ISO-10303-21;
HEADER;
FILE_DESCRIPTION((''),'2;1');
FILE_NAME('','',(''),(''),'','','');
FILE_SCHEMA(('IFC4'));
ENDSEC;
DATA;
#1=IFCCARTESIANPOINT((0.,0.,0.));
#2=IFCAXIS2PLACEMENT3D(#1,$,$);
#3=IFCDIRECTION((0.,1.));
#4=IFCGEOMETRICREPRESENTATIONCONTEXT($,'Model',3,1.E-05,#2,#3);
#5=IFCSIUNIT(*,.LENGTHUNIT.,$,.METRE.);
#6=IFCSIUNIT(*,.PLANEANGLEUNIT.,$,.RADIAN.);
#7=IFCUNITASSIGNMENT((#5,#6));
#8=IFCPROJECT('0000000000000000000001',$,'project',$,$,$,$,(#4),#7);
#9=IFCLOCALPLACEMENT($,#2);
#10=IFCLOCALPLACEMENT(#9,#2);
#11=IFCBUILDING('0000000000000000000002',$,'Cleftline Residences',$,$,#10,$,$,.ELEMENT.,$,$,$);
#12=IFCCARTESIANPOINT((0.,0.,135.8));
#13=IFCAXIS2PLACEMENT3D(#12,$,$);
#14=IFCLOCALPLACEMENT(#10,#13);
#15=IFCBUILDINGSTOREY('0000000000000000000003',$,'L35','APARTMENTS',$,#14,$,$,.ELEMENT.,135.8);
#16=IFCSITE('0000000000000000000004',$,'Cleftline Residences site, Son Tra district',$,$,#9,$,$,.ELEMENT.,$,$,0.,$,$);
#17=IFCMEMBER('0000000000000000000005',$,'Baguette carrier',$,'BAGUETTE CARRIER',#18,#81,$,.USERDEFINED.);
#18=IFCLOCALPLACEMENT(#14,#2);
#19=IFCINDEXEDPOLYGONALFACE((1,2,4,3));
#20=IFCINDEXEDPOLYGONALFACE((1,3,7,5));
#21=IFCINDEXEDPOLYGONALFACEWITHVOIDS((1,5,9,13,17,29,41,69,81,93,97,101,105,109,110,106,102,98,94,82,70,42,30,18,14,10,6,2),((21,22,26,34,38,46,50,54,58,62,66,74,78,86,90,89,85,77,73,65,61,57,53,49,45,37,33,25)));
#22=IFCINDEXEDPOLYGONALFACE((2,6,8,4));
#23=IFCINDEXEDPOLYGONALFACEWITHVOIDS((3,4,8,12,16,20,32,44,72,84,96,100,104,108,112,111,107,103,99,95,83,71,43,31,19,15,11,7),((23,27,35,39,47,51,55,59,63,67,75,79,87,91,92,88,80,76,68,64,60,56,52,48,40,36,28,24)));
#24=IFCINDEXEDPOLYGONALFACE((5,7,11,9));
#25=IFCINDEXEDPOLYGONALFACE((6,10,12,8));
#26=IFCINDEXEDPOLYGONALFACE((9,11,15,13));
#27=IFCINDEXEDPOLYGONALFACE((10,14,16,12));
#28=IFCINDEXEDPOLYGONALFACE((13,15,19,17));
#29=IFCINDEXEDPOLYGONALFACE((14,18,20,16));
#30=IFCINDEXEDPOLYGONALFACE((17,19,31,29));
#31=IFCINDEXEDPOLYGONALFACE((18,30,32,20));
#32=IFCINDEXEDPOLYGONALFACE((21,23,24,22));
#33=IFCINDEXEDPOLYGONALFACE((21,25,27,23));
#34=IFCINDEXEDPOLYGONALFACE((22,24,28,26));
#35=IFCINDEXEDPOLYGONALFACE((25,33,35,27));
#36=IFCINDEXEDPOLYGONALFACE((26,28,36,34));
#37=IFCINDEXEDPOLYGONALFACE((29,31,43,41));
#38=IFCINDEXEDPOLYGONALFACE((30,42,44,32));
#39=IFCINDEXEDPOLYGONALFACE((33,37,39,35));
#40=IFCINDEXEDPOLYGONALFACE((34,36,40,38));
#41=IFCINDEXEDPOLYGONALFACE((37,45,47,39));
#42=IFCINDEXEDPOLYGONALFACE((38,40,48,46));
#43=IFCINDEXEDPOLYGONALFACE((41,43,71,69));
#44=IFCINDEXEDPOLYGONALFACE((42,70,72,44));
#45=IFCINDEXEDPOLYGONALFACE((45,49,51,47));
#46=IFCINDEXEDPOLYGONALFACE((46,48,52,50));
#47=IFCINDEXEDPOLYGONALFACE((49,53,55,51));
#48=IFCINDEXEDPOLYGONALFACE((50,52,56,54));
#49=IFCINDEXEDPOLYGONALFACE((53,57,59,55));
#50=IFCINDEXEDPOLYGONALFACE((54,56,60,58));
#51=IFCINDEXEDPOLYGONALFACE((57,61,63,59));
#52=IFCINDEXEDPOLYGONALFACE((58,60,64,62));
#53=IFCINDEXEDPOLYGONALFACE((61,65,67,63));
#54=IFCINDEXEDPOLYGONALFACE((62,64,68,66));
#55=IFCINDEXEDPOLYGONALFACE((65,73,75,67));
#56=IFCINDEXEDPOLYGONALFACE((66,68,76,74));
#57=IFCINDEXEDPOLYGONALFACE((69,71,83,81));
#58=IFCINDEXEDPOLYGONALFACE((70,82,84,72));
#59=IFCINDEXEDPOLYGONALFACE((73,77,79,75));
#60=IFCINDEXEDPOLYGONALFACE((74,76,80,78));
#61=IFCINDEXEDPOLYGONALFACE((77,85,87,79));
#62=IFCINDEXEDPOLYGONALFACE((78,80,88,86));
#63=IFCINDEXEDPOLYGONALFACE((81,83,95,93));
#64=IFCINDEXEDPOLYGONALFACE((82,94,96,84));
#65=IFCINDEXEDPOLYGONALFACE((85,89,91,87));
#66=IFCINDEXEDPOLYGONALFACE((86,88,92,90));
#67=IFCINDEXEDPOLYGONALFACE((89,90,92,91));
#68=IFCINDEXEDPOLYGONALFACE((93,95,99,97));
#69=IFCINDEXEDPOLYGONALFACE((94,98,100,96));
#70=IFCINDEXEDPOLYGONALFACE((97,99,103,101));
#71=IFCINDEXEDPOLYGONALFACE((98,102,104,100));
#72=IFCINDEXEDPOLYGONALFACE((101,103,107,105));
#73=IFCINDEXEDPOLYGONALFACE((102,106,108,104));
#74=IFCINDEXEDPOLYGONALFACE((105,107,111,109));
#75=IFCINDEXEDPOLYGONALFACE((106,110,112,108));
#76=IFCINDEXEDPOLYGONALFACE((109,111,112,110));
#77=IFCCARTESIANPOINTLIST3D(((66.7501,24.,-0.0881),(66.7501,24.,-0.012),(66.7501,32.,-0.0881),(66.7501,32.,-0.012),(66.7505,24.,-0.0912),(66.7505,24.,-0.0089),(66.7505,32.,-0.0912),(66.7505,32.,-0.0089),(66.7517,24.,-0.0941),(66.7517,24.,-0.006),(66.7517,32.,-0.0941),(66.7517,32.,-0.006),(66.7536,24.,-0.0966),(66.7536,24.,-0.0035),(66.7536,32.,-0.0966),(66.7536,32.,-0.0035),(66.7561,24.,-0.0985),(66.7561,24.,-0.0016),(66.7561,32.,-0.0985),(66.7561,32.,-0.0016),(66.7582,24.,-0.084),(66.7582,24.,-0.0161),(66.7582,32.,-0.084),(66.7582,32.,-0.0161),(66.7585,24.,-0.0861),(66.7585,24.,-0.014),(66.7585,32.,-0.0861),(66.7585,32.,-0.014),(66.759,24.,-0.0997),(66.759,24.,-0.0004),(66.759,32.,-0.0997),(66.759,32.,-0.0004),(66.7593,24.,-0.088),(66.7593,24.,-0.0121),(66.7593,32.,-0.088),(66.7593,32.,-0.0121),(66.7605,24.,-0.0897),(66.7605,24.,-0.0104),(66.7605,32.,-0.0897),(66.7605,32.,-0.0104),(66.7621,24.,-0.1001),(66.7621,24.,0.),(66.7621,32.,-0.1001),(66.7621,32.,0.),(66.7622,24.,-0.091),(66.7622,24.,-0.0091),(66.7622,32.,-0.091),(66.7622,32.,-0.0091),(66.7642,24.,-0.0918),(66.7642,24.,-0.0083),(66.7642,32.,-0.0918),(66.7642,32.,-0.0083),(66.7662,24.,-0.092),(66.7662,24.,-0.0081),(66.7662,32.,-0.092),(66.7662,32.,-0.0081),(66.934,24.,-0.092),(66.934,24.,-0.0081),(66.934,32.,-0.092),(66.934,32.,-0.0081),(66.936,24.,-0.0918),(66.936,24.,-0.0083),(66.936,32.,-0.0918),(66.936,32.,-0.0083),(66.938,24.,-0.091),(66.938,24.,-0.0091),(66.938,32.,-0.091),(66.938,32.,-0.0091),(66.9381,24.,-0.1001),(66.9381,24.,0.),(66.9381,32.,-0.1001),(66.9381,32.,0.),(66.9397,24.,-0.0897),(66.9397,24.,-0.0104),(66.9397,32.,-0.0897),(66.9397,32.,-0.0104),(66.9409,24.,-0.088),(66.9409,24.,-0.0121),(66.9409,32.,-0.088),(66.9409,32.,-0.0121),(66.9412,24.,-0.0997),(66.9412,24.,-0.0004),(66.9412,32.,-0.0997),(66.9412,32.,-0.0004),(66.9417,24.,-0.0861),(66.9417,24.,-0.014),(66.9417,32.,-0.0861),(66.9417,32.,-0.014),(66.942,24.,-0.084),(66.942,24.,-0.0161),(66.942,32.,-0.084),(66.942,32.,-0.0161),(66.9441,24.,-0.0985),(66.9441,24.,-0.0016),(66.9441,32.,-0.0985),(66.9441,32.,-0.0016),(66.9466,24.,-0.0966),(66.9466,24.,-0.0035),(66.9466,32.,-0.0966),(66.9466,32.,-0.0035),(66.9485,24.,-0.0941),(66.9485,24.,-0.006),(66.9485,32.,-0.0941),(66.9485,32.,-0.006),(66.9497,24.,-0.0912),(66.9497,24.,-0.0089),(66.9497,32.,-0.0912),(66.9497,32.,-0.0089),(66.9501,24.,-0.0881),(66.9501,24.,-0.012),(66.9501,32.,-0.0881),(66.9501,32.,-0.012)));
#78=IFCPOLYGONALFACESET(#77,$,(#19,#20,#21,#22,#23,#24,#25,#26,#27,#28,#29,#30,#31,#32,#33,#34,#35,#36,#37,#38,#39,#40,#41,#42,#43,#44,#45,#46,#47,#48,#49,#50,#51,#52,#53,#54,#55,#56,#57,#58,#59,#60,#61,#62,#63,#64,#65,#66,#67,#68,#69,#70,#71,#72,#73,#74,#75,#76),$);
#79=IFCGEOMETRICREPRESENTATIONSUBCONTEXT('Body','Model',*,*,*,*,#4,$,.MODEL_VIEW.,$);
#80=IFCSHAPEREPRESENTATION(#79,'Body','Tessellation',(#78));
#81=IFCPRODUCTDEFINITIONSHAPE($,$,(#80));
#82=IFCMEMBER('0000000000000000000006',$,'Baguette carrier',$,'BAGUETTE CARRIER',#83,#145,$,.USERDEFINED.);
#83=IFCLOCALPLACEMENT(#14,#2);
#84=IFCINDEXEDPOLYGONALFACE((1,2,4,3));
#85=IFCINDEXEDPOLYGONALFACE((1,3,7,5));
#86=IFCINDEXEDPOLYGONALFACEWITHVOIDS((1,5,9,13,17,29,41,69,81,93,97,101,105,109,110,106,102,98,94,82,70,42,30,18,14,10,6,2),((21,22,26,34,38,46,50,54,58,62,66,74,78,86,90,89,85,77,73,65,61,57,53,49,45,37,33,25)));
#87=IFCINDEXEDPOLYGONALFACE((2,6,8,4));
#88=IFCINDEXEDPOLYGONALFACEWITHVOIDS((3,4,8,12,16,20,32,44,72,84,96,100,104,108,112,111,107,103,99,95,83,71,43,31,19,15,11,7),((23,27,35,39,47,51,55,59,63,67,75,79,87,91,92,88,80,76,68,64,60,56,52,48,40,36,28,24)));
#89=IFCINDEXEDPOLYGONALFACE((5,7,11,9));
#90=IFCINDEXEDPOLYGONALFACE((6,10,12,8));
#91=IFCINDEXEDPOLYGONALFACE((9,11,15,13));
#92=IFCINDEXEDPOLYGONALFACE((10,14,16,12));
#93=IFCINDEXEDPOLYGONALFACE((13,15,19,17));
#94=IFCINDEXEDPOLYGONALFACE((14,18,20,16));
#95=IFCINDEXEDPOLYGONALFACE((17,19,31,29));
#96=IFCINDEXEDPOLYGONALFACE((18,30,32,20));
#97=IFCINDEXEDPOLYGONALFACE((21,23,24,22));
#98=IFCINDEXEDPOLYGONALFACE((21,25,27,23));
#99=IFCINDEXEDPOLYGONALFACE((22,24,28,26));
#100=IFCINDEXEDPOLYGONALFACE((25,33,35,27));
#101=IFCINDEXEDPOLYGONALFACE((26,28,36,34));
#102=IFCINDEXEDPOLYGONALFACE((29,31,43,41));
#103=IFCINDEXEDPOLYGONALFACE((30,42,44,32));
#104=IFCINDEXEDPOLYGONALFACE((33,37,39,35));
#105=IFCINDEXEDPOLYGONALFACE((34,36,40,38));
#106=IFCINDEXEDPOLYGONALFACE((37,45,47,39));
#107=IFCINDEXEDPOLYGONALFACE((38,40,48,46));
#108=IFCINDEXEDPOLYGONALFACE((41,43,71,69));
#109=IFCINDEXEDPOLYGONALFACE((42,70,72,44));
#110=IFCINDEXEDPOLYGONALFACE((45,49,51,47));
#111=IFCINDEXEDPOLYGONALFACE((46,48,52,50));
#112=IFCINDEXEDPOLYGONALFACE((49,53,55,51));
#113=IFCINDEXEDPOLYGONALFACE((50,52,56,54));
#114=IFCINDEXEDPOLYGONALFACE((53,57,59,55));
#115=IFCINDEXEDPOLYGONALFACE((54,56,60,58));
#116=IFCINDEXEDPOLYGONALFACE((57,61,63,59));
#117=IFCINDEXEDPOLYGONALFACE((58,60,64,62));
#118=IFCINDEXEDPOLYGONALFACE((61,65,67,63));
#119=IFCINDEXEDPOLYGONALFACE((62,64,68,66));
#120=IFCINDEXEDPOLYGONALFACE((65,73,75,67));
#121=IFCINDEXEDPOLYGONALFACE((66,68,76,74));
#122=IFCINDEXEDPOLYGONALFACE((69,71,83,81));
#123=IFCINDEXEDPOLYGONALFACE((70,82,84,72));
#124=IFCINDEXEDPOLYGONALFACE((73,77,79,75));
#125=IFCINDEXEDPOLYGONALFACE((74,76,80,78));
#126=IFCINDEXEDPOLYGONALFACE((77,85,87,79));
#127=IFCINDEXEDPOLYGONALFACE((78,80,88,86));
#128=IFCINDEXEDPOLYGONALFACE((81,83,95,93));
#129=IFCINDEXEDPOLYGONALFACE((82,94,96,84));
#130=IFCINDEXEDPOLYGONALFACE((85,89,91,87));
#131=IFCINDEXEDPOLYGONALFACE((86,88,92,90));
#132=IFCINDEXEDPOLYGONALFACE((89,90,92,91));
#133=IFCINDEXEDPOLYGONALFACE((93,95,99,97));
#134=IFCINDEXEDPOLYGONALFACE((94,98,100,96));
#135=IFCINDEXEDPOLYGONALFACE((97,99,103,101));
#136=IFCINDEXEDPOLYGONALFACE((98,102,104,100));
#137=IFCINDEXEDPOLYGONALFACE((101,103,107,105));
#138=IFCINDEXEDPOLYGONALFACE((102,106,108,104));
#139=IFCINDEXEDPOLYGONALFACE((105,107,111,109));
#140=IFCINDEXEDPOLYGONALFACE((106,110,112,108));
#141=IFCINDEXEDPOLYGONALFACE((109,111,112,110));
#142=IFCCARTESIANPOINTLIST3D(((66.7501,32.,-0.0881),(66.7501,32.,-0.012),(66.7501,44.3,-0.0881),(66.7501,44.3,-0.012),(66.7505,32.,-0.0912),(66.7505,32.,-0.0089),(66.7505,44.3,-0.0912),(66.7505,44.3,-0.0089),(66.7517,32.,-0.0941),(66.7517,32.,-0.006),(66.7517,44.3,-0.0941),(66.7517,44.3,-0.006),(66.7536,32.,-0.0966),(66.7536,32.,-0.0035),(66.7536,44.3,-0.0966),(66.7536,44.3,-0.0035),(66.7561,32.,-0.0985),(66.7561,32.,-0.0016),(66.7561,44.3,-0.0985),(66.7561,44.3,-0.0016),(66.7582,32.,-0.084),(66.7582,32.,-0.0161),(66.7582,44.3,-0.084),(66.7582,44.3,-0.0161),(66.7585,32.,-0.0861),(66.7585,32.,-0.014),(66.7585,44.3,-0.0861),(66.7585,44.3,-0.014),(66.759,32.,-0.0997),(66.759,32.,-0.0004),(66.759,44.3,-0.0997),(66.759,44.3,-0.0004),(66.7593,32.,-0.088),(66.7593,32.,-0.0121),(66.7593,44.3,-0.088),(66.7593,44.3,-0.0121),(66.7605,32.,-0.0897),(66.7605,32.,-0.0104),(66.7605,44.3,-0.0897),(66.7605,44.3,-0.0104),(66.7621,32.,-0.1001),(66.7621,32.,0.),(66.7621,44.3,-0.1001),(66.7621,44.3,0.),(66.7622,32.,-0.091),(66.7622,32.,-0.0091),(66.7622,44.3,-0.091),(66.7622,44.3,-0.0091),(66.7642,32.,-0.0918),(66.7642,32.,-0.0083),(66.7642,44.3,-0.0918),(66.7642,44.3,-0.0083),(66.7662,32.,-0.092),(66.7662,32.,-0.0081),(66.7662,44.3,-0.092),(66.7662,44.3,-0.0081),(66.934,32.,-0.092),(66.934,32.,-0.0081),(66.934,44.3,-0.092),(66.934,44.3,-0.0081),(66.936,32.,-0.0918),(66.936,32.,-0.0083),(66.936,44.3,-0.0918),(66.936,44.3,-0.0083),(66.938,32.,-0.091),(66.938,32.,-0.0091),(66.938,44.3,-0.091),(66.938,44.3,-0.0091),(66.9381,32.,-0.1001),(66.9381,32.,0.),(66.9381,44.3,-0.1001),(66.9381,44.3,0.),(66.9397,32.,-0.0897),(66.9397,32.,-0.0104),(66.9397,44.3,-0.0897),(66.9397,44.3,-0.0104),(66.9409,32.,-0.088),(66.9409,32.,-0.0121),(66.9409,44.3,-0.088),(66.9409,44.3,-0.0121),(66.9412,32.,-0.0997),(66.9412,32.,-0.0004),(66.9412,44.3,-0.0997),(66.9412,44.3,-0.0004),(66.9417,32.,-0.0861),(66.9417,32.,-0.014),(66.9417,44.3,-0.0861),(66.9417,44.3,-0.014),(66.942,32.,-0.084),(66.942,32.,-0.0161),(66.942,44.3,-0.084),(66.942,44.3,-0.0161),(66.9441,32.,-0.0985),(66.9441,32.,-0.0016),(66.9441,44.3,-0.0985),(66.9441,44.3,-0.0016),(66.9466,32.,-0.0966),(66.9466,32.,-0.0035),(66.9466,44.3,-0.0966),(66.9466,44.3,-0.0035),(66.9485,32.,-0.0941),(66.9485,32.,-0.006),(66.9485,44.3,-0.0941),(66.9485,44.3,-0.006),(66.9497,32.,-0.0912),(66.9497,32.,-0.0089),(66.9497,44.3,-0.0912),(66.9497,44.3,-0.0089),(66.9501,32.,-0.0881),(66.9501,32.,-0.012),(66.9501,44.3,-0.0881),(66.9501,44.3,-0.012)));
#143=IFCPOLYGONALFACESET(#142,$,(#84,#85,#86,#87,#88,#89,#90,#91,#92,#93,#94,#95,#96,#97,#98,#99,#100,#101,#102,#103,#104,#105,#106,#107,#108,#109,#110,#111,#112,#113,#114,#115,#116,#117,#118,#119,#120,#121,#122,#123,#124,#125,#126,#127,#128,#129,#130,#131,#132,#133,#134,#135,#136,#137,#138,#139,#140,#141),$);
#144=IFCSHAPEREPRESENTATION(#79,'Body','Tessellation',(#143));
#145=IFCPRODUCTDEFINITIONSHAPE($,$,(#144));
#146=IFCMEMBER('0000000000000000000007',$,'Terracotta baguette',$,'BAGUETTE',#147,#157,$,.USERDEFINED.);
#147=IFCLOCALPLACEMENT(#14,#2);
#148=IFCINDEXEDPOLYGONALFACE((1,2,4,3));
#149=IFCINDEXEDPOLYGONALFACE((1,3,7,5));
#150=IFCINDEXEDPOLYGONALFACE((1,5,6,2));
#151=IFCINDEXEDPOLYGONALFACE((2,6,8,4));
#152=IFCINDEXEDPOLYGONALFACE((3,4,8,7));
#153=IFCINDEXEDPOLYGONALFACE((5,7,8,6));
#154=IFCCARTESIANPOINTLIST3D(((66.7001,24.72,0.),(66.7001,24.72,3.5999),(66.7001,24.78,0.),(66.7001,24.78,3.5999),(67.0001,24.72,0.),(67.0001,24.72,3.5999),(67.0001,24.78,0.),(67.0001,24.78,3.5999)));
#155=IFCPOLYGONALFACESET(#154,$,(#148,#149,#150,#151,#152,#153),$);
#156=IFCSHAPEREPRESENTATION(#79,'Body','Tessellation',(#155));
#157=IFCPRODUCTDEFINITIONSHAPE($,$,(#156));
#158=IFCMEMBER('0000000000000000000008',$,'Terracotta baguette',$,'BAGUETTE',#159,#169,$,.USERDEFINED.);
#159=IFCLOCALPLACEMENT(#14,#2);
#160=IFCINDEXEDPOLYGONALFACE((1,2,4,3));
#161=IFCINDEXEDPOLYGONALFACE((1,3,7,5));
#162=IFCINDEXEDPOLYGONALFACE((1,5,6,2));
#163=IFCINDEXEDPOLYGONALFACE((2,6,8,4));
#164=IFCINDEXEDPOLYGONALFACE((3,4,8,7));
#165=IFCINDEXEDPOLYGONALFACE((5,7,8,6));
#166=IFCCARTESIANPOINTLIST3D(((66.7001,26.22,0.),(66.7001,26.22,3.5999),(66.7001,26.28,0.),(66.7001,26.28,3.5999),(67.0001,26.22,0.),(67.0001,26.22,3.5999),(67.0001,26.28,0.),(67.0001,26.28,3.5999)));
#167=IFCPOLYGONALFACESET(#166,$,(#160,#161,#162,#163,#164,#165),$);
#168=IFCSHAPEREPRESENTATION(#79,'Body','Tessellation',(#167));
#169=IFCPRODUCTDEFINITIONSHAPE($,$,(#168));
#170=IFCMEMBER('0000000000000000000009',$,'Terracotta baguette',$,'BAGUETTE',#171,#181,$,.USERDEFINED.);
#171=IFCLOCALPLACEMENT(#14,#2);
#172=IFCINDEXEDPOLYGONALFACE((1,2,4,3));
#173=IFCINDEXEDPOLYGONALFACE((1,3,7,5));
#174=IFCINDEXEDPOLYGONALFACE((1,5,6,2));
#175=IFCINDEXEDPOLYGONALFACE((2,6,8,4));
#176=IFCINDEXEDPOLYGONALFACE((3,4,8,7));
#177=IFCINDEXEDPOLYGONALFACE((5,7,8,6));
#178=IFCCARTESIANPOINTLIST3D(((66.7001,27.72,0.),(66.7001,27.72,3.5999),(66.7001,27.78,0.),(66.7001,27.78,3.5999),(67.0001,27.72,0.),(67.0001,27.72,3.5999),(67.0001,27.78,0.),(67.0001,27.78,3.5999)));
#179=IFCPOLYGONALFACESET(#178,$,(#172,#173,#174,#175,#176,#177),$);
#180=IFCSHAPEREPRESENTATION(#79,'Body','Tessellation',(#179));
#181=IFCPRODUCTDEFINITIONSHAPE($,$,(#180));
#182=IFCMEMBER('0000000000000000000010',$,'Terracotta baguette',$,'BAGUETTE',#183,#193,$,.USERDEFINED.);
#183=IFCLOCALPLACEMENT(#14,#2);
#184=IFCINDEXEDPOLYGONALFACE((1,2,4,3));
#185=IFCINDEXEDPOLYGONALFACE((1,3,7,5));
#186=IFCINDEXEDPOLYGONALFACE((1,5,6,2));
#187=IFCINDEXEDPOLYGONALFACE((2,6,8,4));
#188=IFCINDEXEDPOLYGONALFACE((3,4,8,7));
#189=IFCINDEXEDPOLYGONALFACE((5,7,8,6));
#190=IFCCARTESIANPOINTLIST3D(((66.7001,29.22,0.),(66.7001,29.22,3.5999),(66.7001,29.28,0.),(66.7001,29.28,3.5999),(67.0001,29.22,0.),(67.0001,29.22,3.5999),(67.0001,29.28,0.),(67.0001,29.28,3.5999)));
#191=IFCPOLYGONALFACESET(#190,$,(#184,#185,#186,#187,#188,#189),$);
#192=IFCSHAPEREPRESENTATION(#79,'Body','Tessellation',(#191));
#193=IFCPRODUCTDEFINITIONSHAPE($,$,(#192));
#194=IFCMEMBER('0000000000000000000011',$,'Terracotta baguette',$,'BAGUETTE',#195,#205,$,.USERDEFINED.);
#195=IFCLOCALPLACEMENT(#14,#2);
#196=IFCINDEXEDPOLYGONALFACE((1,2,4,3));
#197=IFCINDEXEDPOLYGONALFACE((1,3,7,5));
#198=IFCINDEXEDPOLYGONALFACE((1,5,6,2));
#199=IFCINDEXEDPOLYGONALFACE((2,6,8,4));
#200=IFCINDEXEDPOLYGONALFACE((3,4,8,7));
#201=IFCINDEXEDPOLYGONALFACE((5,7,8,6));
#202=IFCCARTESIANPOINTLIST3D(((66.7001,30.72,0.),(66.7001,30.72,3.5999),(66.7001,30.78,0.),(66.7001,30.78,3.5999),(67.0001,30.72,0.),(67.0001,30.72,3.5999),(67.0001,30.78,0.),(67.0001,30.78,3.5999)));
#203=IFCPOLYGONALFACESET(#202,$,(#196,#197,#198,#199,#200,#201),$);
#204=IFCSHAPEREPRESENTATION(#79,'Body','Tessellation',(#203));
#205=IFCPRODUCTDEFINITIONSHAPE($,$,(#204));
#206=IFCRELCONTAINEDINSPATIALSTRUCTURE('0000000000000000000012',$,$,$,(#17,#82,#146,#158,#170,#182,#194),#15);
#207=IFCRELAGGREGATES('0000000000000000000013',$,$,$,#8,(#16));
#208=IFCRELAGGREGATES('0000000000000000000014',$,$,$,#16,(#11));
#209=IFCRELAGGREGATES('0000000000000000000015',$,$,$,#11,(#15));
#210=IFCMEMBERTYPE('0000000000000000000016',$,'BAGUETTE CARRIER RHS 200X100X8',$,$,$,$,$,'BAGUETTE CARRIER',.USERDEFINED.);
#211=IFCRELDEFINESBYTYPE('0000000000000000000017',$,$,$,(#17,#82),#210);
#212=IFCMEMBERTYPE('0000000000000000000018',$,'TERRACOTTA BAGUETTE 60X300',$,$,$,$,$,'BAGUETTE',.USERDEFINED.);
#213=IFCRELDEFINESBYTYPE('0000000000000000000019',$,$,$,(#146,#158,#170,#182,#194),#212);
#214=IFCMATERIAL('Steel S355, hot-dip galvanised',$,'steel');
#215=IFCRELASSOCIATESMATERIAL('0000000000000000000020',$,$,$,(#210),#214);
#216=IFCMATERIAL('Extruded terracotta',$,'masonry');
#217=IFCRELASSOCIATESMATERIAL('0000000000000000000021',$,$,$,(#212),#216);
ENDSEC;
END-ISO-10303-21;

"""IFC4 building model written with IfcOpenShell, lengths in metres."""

from ifc_helpers import new_model, si_unit, direction, frame, origin, origin_2d, place, context, subcontext, project, spatial, rectangle, hollow_rectangle, extrude, material, material_profile, profile_set, type_object, element, save


model = new_model("IFC4")

# Units and contexts
model_context = context("Model", 3, precision=1e-05, world=origin(), true_north=direction((0.0, 1.0)))
body_context = subcontext(model_context, "Body", "Model", "MODEL_VIEW")
ifc_project = project(units=[si_unit("LENGTHUNIT", "METRE"), si_unit("PLANEANGLEUNIT", "RADIAN")], contexts=[model_context])

# Site, building, storey
site_placement = place(None, origin())
site = spatial("IfcSite", under=ifc_project, at=site_placement, Name="Cleftline Residences site, Son Tra district", CompositionType="ELEMENT", RefElevation=0.0)
building_placement = place(site_placement, origin())
building = spatial("IfcBuilding", under=site, at=building_placement, Name="Cleftline Residences", CompositionType="ELEMENT")
storey_placement = place(building_placement, frame((0.0, 0.0, 135.8)))
storey = spatial("IfcBuildingStorey", under=building, at=storey_placement, Name="L35", Description="APARTMENTS", CompositionType="ELEMENT", Elevation=135.8)

# Members
ifc_material_1 = material(Name="Steel S355, hot-dip galvanised", Category="steel")
ifc_material_profile_1 = material_profile(ifc_material_1, hollow_rectangle(XDim=0.1001, YDim=0.2, WallThickness=0.0081, InnerFilletRadius=0.0081, OuterFilletRadius=0.012, at=origin_2d()))
ifc_profile_set_1 = profile_set([ifc_material_profile_1], Name="Steel S355, hot-dip galvanised")
member_type_1 = type_object("IfcMemberType", Name="BAGUETTE CARRIER RHS 200X100X8", ElementType="BAGUETTE CARRIER", PredefinedType="USERDEFINED", material=ifc_profile_set_1)
member_1_placement = place(storey_placement, frame((66.8501, 24.0, -0.05), z_axis=(0.0, 1.0, 0.0), x_axis=(0.0, 0.0, 1.0)))
element("IfcMember", 1, at=member_1_placement, inside=storey, type_object=member_type_1, Name="Baguette carrier", ObjectType="BAGUETTE CARRIER", PredefinedType="USERDEFINED", context=body_context, shape_type="SweptSolid", body=[
    extrude(hollow_rectangle(XDim=0.1001, YDim=0.2, WallThickness=0.0081, InnerFilletRadius=0.0081, OuterFilletRadius=0.012, at=origin_2d()), origin(), (0.0, 0.0, 1.0), 8.0),
])
member_2_placement = place(storey_placement, frame((66.8501, 32.0, -0.05), z_axis=(0.0, 1.0, 0.0), x_axis=(0.0, 0.0, 1.0)))
element("IfcMember", 2, at=member_2_placement, inside=storey, type_object=member_type_1, Name="Baguette carrier", ObjectType="BAGUETTE CARRIER", PredefinedType="USERDEFINED", context=body_context, shape_type="SweptSolid", body=[
    extrude(hollow_rectangle(XDim=0.1001, YDim=0.2, WallThickness=0.0081, InnerFilletRadius=0.0081, OuterFilletRadius=0.012, at=origin_2d()), origin(), (0.0, 0.0, 1.0), 12.3),
])
ifc_material_2 = material(Name="Extruded terracotta", Category="masonry")
ifc_material_profile_2 = material_profile(ifc_material_2, rectangle(XDim=0.0601, YDim=0.3, at=origin_2d()))
ifc_profile_set_2 = profile_set([ifc_material_profile_2], Name="Extruded terracotta")
member_type_2 = type_object("IfcMemberType", Name="TERRACOTTA BAGUETTE 60X300", ElementType="BAGUETTE", PredefinedType="USERDEFINED", material=ifc_profile_set_2)
for number, where, z_axis, x_axis, name in (
    (3, (66.8501, 24.75, 0.0), (0.0, 0.0, 1.0), (0.0, 1.0, 0.0), "Terracotta baguette"),
    (4, (66.8501, 26.25, 0.0), (0.0, 0.0, 1.0), (0.0, 1.0, 0.0), "Terracotta baguette"),
    (5, (66.8501, 27.75, 0.0), (0.0, 0.0, 1.0), (0.0, 1.0, 0.0), "Terracotta baguette"),
    (6, (66.8501, 29.25, 0.0), (0.0, 0.0, 1.0), (0.0, 1.0, 0.0), "Terracotta baguette"),
    (7, (66.8501, 30.75, 0.0), (0.0, 0.0, 1.0), (0.0, 1.0, 0.0), "Terracotta baguette"),
):
    element("IfcMember", number, at=place(storey_placement, frame(where, z_axis=z_axis, x_axis=x_axis)), inside=storey, type_object=member_type_2, Name=name, ObjectType="BAGUETTE", PredefinedType="USERDEFINED", context=body_context, shape_type="SweptSolid", body=[
        extrude(rectangle(XDim=0.0601, YDim=0.3, at=origin_2d()), origin(), (0.0, 0.0, 1.0), 3.5999),
    ])

save(model, "model.ifc")
